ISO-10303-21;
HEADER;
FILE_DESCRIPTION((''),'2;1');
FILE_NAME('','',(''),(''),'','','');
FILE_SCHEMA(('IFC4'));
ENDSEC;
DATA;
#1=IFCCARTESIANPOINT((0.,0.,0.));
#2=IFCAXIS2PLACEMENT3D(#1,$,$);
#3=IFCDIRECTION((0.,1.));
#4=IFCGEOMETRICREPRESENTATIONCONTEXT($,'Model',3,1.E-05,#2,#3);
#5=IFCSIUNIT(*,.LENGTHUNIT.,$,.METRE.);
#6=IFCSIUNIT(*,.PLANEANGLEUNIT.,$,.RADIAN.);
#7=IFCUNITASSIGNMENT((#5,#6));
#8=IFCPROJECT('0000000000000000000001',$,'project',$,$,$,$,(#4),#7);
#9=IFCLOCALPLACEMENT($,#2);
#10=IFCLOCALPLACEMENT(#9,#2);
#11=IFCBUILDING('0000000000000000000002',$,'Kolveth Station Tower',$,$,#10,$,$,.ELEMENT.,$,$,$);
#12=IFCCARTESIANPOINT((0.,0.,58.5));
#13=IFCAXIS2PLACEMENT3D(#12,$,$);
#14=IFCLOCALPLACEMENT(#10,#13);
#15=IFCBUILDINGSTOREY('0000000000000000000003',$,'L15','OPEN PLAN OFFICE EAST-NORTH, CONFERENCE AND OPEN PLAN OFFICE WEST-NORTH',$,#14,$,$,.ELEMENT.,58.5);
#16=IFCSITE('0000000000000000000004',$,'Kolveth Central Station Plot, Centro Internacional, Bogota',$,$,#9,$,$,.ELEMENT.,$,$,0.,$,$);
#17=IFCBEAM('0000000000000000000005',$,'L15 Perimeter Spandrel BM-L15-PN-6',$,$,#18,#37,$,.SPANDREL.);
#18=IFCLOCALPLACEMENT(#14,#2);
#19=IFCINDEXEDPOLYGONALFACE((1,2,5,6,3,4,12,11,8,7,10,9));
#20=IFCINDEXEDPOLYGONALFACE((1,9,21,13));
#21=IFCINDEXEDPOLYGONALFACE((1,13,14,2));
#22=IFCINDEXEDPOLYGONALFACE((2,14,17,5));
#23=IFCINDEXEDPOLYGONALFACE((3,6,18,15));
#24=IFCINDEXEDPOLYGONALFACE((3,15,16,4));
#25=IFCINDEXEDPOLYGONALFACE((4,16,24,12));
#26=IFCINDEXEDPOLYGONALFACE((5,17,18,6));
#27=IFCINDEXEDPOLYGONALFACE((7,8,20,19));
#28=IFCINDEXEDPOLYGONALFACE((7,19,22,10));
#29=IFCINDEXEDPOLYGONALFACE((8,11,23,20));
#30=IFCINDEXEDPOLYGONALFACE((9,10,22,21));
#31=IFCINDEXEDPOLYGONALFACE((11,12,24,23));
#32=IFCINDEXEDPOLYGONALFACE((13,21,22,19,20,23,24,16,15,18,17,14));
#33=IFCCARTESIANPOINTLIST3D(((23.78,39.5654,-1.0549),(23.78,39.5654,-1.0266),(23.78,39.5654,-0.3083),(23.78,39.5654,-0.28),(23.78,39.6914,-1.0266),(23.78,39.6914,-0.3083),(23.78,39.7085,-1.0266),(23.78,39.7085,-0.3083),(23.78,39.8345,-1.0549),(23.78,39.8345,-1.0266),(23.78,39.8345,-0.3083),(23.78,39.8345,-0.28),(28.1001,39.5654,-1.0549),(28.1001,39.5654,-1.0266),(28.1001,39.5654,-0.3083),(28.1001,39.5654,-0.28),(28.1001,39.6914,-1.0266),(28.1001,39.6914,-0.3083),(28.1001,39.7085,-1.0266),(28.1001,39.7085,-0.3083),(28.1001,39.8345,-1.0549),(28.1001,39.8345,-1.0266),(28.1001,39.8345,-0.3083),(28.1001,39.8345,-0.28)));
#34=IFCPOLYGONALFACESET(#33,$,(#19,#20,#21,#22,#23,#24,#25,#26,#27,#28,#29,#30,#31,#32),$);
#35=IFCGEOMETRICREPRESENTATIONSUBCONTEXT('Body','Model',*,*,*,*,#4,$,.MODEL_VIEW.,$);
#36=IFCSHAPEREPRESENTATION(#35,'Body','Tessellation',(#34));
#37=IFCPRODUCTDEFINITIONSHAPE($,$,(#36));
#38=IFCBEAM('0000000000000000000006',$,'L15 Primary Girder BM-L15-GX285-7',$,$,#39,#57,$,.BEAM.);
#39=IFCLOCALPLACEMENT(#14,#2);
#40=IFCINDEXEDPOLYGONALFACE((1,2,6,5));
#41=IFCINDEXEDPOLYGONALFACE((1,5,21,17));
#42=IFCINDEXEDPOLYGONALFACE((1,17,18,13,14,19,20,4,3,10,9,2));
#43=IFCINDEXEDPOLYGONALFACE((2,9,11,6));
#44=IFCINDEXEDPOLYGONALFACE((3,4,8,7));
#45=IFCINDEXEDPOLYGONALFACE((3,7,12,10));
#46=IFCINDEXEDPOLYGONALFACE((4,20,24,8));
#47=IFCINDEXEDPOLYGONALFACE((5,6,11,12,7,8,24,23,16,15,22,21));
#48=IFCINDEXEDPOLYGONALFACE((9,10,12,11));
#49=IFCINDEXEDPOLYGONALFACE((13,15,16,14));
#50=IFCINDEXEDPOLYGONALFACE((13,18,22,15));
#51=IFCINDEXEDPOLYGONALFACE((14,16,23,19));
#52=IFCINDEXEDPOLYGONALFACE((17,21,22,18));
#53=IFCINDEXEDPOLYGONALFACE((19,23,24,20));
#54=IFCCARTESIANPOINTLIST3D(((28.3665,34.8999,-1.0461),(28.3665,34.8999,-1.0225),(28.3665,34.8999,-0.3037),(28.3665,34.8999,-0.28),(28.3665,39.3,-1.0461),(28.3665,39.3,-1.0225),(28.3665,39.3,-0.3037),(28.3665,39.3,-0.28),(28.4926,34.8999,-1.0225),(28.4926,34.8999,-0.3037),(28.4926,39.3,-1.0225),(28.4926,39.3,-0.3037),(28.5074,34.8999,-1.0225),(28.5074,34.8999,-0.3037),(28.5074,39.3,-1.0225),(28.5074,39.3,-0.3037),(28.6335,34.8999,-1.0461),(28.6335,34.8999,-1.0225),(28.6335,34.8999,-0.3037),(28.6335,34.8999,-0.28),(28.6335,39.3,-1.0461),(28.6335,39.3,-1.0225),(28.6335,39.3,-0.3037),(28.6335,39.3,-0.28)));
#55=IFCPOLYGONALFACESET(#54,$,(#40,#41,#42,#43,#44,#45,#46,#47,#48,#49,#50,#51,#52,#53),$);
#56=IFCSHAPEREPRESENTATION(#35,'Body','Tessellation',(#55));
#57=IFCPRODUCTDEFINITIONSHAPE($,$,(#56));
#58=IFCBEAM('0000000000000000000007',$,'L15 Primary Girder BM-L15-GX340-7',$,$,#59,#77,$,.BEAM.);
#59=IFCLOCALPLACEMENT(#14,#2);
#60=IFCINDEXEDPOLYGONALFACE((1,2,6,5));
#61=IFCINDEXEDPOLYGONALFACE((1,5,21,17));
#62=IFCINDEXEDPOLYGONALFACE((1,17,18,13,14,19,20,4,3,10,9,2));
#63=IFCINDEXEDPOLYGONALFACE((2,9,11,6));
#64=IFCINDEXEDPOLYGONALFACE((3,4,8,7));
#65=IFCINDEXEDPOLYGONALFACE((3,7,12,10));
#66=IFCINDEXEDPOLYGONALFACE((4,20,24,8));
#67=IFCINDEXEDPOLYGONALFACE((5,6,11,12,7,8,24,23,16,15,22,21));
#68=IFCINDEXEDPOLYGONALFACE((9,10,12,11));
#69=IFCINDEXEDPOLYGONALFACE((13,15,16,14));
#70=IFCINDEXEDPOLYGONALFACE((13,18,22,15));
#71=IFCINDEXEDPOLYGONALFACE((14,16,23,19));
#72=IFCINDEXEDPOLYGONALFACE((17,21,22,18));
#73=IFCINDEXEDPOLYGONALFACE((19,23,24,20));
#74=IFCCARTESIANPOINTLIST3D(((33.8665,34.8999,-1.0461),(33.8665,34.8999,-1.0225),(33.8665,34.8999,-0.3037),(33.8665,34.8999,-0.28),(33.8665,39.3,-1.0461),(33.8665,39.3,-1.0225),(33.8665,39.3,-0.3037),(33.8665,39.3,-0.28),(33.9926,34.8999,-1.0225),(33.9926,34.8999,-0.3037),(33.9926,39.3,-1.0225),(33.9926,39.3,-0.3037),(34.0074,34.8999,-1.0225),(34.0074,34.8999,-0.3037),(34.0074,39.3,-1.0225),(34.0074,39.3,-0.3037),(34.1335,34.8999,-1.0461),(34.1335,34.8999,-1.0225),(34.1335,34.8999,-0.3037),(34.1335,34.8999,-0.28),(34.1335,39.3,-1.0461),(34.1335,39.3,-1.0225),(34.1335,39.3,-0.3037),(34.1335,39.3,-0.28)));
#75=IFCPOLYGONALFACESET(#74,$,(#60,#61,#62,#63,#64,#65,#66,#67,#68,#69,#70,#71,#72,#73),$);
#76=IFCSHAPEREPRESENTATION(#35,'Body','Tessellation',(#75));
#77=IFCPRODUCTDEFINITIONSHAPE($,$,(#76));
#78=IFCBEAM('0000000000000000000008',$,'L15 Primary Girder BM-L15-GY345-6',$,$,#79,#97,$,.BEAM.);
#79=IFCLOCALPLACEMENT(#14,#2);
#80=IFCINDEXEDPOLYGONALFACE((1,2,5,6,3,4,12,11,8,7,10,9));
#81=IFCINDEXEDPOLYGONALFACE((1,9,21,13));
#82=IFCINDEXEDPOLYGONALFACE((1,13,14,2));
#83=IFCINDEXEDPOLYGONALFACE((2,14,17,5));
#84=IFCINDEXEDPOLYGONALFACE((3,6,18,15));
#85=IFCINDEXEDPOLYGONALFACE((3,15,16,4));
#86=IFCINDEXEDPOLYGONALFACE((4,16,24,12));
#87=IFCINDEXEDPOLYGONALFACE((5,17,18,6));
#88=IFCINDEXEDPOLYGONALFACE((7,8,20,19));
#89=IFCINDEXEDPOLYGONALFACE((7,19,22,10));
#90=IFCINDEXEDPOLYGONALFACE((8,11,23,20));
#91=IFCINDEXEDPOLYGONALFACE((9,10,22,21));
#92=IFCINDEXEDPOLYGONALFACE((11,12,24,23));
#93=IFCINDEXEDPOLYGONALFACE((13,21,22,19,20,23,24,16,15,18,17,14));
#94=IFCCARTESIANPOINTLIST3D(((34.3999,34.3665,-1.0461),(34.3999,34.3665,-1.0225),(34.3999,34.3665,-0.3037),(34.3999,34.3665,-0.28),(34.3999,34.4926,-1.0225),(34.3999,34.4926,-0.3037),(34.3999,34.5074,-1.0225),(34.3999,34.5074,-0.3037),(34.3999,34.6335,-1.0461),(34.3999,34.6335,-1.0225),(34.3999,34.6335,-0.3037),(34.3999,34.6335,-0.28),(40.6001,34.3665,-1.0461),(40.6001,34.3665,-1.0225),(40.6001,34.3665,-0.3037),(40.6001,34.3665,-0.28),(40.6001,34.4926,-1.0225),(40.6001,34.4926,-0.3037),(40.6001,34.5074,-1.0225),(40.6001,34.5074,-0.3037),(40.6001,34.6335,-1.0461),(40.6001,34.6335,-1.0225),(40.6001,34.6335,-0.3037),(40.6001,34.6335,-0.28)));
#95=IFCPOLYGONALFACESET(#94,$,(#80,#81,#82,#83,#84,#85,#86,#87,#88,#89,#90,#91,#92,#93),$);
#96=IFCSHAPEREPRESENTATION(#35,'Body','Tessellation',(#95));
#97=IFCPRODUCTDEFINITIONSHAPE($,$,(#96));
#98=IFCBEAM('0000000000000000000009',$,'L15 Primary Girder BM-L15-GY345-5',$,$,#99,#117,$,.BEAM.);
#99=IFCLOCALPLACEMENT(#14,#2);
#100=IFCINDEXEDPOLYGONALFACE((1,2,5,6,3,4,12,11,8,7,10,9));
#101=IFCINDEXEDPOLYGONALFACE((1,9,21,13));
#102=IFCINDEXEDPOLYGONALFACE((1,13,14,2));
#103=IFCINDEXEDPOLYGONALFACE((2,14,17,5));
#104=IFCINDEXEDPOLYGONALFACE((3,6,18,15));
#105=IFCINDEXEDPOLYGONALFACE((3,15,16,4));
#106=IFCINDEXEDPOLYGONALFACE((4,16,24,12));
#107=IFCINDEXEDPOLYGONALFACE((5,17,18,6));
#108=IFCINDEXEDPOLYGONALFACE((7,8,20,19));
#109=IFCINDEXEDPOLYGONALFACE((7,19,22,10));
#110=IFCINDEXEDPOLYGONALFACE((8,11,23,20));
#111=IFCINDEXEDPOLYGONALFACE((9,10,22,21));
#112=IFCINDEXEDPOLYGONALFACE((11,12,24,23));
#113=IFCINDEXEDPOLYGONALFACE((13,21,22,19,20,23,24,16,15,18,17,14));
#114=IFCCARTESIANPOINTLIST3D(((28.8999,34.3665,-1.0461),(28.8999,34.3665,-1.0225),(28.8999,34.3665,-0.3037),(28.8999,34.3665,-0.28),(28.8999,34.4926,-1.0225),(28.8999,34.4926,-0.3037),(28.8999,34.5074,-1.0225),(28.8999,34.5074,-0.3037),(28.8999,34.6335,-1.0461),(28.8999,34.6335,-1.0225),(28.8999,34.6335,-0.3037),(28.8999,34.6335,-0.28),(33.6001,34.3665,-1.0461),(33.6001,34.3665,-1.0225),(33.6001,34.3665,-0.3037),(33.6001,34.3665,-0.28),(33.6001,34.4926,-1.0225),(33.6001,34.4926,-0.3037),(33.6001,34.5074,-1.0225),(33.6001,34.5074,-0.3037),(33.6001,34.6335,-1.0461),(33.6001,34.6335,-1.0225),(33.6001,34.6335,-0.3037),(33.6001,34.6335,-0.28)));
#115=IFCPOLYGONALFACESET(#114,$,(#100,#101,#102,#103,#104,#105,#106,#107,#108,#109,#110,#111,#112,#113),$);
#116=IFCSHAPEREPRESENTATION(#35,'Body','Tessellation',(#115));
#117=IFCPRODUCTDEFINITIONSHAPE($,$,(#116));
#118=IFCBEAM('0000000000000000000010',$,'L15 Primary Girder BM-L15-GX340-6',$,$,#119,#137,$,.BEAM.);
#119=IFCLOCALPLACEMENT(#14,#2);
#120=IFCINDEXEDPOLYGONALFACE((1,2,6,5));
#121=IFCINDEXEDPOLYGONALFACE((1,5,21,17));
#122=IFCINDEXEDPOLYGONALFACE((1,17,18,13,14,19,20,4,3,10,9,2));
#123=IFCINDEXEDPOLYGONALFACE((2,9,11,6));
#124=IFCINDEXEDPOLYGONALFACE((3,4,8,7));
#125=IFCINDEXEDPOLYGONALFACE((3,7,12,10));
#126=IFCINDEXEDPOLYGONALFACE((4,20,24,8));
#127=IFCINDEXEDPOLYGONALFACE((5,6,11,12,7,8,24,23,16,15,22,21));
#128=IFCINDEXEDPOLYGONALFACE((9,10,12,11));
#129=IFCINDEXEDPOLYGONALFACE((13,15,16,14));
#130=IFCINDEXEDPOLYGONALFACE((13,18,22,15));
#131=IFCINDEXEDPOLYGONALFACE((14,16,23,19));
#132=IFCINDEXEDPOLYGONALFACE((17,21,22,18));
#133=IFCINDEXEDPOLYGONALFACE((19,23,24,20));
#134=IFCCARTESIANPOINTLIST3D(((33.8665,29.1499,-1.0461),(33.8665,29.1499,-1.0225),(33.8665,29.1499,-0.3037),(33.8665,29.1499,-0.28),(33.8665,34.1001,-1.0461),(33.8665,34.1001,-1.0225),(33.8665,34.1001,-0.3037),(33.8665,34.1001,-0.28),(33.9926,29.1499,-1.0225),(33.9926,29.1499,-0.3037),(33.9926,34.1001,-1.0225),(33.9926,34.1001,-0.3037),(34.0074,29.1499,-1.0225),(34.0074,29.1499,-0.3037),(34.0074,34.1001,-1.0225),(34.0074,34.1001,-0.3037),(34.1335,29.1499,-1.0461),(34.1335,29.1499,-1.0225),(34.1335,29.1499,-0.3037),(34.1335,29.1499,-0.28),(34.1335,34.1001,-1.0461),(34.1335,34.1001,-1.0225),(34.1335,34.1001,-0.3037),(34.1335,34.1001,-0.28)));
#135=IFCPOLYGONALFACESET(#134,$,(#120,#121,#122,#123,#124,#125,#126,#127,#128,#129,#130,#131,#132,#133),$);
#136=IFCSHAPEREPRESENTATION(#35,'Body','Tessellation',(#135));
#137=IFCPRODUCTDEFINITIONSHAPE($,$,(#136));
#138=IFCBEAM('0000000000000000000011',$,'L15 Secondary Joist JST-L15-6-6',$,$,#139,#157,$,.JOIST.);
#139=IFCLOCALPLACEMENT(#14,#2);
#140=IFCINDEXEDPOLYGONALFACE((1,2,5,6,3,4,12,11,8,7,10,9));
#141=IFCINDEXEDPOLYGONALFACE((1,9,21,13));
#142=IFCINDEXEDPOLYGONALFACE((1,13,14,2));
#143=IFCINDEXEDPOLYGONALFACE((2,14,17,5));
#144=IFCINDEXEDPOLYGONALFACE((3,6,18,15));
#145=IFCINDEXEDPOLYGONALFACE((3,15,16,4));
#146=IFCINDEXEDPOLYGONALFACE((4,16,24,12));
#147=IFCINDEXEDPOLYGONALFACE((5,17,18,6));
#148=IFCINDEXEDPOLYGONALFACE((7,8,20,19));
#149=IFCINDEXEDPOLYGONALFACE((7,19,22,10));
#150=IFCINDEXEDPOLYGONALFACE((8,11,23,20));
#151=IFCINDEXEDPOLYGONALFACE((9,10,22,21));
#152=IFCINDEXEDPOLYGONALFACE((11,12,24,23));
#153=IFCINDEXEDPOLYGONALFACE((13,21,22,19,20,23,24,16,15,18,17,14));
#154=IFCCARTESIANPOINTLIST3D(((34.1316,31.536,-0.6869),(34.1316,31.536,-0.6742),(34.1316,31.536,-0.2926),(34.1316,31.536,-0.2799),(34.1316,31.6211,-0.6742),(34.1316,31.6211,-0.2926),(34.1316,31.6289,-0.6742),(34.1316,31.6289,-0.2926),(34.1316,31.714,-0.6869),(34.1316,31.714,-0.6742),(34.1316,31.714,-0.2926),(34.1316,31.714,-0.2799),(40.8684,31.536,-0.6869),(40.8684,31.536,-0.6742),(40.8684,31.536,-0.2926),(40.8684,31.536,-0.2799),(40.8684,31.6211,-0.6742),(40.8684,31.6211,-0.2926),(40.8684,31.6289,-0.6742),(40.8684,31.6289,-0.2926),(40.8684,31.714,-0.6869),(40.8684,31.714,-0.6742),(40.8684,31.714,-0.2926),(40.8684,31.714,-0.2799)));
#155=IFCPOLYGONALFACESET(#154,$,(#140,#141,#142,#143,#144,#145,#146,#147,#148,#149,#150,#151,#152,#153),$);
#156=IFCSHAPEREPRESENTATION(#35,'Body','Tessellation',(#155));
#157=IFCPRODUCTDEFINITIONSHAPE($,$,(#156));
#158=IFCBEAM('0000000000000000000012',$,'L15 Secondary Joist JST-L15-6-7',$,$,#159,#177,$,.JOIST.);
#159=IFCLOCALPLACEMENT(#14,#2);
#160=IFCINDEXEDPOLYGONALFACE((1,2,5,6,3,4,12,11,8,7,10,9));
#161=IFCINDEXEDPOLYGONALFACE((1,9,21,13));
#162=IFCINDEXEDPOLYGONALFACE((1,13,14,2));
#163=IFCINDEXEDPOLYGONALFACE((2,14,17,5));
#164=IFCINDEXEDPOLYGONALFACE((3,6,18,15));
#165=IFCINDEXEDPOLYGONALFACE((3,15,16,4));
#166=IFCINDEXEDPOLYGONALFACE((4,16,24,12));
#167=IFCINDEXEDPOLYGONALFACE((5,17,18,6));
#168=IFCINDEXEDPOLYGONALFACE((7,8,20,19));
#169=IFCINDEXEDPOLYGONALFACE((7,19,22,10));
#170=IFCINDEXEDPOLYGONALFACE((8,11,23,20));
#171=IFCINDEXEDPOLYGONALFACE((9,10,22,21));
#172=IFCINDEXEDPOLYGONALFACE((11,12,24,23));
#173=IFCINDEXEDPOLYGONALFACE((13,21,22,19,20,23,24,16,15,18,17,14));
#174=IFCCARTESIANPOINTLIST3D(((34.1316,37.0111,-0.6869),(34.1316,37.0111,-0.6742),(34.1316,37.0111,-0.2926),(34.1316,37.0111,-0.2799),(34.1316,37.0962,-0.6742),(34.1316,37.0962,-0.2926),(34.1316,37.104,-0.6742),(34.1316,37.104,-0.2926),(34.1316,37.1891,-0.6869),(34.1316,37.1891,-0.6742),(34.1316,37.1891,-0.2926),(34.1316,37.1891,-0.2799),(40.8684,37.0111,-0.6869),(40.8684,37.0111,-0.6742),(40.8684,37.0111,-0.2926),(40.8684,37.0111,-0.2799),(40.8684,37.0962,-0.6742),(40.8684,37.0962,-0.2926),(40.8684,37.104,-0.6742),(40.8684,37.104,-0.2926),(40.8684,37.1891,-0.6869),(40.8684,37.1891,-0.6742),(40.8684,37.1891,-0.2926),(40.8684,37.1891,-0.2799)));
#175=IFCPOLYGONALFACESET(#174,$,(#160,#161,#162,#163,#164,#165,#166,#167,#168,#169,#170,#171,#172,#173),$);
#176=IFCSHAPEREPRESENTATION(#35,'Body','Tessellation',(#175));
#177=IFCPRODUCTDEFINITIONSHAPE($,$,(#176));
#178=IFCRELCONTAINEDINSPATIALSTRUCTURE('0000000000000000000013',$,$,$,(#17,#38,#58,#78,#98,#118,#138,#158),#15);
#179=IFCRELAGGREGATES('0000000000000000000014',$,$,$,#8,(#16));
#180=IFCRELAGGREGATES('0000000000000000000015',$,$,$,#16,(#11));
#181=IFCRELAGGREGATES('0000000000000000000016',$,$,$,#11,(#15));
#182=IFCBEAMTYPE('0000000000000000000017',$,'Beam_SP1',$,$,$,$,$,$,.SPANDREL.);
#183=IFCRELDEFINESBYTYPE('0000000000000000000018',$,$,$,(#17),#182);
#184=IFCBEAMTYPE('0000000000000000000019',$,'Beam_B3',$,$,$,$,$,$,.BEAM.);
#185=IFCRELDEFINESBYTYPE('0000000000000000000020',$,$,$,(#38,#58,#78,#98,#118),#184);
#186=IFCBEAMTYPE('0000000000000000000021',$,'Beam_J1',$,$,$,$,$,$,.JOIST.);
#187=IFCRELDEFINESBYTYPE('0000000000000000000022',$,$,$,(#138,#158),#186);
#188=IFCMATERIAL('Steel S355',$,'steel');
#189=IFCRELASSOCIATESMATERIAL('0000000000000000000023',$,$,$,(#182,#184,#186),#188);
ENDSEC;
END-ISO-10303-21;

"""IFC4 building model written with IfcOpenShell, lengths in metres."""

from ifc_helpers import new_model, si_unit, direction, frame, origin, origin_2d, place, context, subcontext, project, spatial, i_section, extrude, source, transform, mapped, material, material_profile, profile_set, type_object, element, save


model = new_model("IFC4")

# Units and contexts
model_context = context("Model", 3, precision=1e-05, world=origin(), true_north=direction((0.0, 1.0)))
body_context = subcontext(model_context, "Body", "Model", "MODEL_VIEW")
ifc_project = project(units=[si_unit("LENGTHUNIT", "METRE"), si_unit("PLANEANGLEUNIT", "RADIAN")], contexts=[model_context])

# Site, building, storey
site_placement = place(None, origin())
site = spatial("IfcSite", under=ifc_project, at=site_placement, Name="Kolveth Central Station Plot, Centro Internacional, Bogota", CompositionType="ELEMENT", RefElevation=0.0)
building_placement = place(site_placement, origin())
building = spatial("IfcBuilding", under=site, at=building_placement, Name="Kolveth Station Tower", CompositionType="ELEMENT")
storey_placement = place(building_placement, frame((0.0, 0.0, 58.5)))
storey = spatial("IfcBuildingStorey", under=building, at=storey_placement, Name="L15", Description="OPEN PLAN OFFICE EAST-NORTH, CONFERENCE AND OPEN PLAN OFFICE WEST-NORTH", CompositionType="ELEMENT", Elevation=58.5)

# Shared definitions
ifc_material_1 = material(Name="Steel S355", Category="steel")

# Beams
ifc_material_profile_1 = material_profile(ifc_material_1, i_section(OverallWidth=0.269, OverallDepth=0.7749, WebThickness=0.0171, FlangeThickness=0.0283, at=origin_2d()), Name="W760x220")
ifc_profile_set_1 = profile_set([ifc_material_profile_1], Name="Steel S355")
beam_type_1 = type_object("IfcBeamType", Name="Beam_SP1", PredefinedType="SPANDREL", material=ifc_profile_set_1)
shared_shape_1 = source(origin(), body_context, "Body", "SweptSolid", [
    extrude(i_section(OverallWidth=0.269, OverallDepth=0.7749, WebThickness=0.0171, FlangeThickness=0.0283, at=origin_2d()), origin(), (0.0, 0.0, 1.0), 4.3201),
])
beam_1_placement = place(storey_placement, frame((23.78, 39.7, -0.6675), z_axis=(1.0, 0.0, 0.0), x_axis=(0.0, 1.0, 0.0)))
element("IfcBeam", 1, at=beam_1_placement, inside=storey, type_object=beam_type_1, Name="L15 Perimeter Spandrel BM-L15-PN-6", PredefinedType="SPANDREL", context=body_context, shape_type="MappedRepresentation", body=[
    mapped(shared_shape_1, transform((0.0, 0.0, 0.0), x_axis=(1.0, 0.0, 0.0), y_axis=(0.0, 1.0, 0.0), z_axis=(0.0, 0.0, 1.0), scale=1.0)),
])
ifc_material_profile_2 = material_profile(ifc_material_1, i_section(OverallWidth=0.2671, OverallDepth=0.7661, WebThickness=0.0149, FlangeThickness=0.0237, at=origin_2d()), Name="W760x185")
ifc_profile_set_2 = profile_set([ifc_material_profile_2], Name="Steel S355")
beam_type_2 = type_object("IfcBeamType", Name="Beam_B3", PredefinedType="BEAM", material=ifc_profile_set_2)
shared_shape_2 = source(origin(), body_context, "Body", "SweptSolid", [
    extrude(i_section(OverallWidth=0.2671, OverallDepth=0.7661, WebThickness=0.0149, FlangeThickness=0.0237, at=origin_2d()), origin(), (0.0, 0.0, 1.0), 4.4001),
])
for number, where, z_axis, x_axis, name in (
    (2, (28.5, 34.8999, -0.6631), (0.0, 1.0, 0.0), (-1.0, 0.0, 0.0), "L15 Primary Girder BM-L15-GX285-7"),
    (3, (34.0, 34.8999, -0.6631), (0.0, 1.0, 0.0), (-1.0, 0.0, 0.0), "L15 Primary Girder BM-L15-GX340-7"),
):
    element("IfcBeam", number, at=place(storey_placement, frame(where, z_axis=z_axis, x_axis=x_axis)), inside=storey, type_object=beam_type_2, Name=name, PredefinedType="BEAM", context=body_context, shape_type="MappedRepresentation", body=[
        mapped(shared_shape_2, transform((0.0, 0.0, 0.0), x_axis=(1.0, 0.0, 0.0), y_axis=(0.0, 1.0, 0.0), z_axis=(0.0, 0.0, 1.0), scale=1.0)),
    ])
shared_shape_3 = source(origin(), body_context, "Body", "SweptSolid", [
    extrude(i_section(OverallWidth=0.2671, OverallDepth=0.7661, WebThickness=0.0149, FlangeThickness=0.0237, at=origin_2d()), origin(), (0.0, 0.0, 1.0), 6.2002),
])
beam_2_placement = place(storey_placement, frame((34.3999, 34.5, -0.6631), z_axis=(1.0, 0.0, 0.0), x_axis=(0.0, 1.0, 0.0)))
element("IfcBeam", 4, at=beam_2_placement, inside=storey, type_object=beam_type_2, Name="L15 Primary Girder BM-L15-GY345-6", PredefinedType="BEAM", context=body_context, shape_type="MappedRepresentation", body=[
    mapped(shared_shape_3, transform((0.0, 0.0, 0.0), x_axis=(1.0, 0.0, 0.0), y_axis=(0.0, 1.0, 0.0), z_axis=(0.0, 0.0, 1.0), scale=1.0)),
])
shared_shape_4 = source(origin(), body_context, "Body", "SweptSolid", [
    extrude(i_section(OverallWidth=0.2671, OverallDepth=0.7661, WebThickness=0.0149, FlangeThickness=0.0237, at=origin_2d()), origin(), (0.0, 0.0, 1.0), 4.7002),
])
beam_3_placement = place(storey_placement, frame((28.8999, 34.5, -0.6631), z_axis=(1.0, 0.0, 0.0), x_axis=(0.0, 1.0, 0.0)))
element("IfcBeam", 5, at=beam_3_placement, inside=storey, type_object=beam_type_2, Name="L15 Primary Girder BM-L15-GY345-5", PredefinedType="BEAM", context=body_context, shape_type="MappedRepresentation", body=[
    mapped(shared_shape_4, transform((0.0, 0.0, 0.0), x_axis=(1.0, 0.0, 0.0), y_axis=(0.0, 1.0, 0.0), z_axis=(0.0, 0.0, 1.0), scale=1.0)),
])
shared_shape_5 = source(origin(), body_context, "Body", "SweptSolid", [
    extrude(i_section(OverallWidth=0.2671, OverallDepth=0.7661, WebThickness=0.0149, FlangeThickness=0.0237, at=origin_2d()), origin(), (0.0, 0.0, 1.0), 4.9502),
])
beam_4_placement = place(storey_placement, frame((34.0, 29.1499, -0.6631), z_axis=(0.0, 1.0, 0.0), x_axis=(-1.0, 0.0, 0.0)))
element("IfcBeam", 6, at=beam_4_placement, inside=storey, type_object=beam_type_2, Name="L15 Primary Girder BM-L15-GX340-6", PredefinedType="BEAM", context=body_context, shape_type="MappedRepresentation", body=[
    mapped(shared_shape_5, transform((0.0, 0.0, 0.0), x_axis=(1.0, 0.0, 0.0), y_axis=(0.0, 1.0, 0.0), z_axis=(0.0, 0.0, 1.0), scale=1.0)),
])
ifc_material_profile_3 = material_profile(ifc_material_1, i_section(OverallWidth=0.178, OverallDepth=0.407, WebThickness=0.0078, FlangeThickness=0.0127, at=origin_2d()), Name="W410x60")
ifc_profile_set_3 = profile_set([ifc_material_profile_3], Name="Steel S355")
beam_type_3 = type_object("IfcBeamType", Name="Beam_J1", PredefinedType="JOIST", material=ifc_profile_set_3)
shared_shape_6 = source(origin(), body_context, "Body", "SweptSolid", [
    extrude(i_section(OverallWidth=0.178, OverallDepth=0.407, WebThickness=0.0078, FlangeThickness=0.0127, at=origin_2d()), origin(), (0.0, 0.0, 1.0), 6.7368),
])
for number, where, z_axis, x_axis, name in (
    (7, (34.1316, 31.625, -0.4834), (1.0, 0.0, 0.0), (0.0, 1.0, 0.0), "L15 Secondary Joist JST-L15-6-6"),
    (8, (34.1316, 37.1001, -0.4834), (1.0, 0.0, 0.0), (0.0, 1.0, 0.0), "L15 Secondary Joist JST-L15-6-7"),
):
    element("IfcBeam", number, at=place(storey_placement, frame(where, z_axis=z_axis, x_axis=x_axis)), inside=storey, type_object=beam_type_3, Name=name, PredefinedType="JOIST", context=body_context, shape_type="MappedRepresentation", body=[
        mapped(shared_shape_6, transform((0.0, 0.0, 0.0), x_axis=(1.0, 0.0, 0.0), y_axis=(0.0, 1.0, 0.0), z_axis=(0.0, 0.0, 1.0), scale=1.0)),
    ])

save(model, "model.ifc")
